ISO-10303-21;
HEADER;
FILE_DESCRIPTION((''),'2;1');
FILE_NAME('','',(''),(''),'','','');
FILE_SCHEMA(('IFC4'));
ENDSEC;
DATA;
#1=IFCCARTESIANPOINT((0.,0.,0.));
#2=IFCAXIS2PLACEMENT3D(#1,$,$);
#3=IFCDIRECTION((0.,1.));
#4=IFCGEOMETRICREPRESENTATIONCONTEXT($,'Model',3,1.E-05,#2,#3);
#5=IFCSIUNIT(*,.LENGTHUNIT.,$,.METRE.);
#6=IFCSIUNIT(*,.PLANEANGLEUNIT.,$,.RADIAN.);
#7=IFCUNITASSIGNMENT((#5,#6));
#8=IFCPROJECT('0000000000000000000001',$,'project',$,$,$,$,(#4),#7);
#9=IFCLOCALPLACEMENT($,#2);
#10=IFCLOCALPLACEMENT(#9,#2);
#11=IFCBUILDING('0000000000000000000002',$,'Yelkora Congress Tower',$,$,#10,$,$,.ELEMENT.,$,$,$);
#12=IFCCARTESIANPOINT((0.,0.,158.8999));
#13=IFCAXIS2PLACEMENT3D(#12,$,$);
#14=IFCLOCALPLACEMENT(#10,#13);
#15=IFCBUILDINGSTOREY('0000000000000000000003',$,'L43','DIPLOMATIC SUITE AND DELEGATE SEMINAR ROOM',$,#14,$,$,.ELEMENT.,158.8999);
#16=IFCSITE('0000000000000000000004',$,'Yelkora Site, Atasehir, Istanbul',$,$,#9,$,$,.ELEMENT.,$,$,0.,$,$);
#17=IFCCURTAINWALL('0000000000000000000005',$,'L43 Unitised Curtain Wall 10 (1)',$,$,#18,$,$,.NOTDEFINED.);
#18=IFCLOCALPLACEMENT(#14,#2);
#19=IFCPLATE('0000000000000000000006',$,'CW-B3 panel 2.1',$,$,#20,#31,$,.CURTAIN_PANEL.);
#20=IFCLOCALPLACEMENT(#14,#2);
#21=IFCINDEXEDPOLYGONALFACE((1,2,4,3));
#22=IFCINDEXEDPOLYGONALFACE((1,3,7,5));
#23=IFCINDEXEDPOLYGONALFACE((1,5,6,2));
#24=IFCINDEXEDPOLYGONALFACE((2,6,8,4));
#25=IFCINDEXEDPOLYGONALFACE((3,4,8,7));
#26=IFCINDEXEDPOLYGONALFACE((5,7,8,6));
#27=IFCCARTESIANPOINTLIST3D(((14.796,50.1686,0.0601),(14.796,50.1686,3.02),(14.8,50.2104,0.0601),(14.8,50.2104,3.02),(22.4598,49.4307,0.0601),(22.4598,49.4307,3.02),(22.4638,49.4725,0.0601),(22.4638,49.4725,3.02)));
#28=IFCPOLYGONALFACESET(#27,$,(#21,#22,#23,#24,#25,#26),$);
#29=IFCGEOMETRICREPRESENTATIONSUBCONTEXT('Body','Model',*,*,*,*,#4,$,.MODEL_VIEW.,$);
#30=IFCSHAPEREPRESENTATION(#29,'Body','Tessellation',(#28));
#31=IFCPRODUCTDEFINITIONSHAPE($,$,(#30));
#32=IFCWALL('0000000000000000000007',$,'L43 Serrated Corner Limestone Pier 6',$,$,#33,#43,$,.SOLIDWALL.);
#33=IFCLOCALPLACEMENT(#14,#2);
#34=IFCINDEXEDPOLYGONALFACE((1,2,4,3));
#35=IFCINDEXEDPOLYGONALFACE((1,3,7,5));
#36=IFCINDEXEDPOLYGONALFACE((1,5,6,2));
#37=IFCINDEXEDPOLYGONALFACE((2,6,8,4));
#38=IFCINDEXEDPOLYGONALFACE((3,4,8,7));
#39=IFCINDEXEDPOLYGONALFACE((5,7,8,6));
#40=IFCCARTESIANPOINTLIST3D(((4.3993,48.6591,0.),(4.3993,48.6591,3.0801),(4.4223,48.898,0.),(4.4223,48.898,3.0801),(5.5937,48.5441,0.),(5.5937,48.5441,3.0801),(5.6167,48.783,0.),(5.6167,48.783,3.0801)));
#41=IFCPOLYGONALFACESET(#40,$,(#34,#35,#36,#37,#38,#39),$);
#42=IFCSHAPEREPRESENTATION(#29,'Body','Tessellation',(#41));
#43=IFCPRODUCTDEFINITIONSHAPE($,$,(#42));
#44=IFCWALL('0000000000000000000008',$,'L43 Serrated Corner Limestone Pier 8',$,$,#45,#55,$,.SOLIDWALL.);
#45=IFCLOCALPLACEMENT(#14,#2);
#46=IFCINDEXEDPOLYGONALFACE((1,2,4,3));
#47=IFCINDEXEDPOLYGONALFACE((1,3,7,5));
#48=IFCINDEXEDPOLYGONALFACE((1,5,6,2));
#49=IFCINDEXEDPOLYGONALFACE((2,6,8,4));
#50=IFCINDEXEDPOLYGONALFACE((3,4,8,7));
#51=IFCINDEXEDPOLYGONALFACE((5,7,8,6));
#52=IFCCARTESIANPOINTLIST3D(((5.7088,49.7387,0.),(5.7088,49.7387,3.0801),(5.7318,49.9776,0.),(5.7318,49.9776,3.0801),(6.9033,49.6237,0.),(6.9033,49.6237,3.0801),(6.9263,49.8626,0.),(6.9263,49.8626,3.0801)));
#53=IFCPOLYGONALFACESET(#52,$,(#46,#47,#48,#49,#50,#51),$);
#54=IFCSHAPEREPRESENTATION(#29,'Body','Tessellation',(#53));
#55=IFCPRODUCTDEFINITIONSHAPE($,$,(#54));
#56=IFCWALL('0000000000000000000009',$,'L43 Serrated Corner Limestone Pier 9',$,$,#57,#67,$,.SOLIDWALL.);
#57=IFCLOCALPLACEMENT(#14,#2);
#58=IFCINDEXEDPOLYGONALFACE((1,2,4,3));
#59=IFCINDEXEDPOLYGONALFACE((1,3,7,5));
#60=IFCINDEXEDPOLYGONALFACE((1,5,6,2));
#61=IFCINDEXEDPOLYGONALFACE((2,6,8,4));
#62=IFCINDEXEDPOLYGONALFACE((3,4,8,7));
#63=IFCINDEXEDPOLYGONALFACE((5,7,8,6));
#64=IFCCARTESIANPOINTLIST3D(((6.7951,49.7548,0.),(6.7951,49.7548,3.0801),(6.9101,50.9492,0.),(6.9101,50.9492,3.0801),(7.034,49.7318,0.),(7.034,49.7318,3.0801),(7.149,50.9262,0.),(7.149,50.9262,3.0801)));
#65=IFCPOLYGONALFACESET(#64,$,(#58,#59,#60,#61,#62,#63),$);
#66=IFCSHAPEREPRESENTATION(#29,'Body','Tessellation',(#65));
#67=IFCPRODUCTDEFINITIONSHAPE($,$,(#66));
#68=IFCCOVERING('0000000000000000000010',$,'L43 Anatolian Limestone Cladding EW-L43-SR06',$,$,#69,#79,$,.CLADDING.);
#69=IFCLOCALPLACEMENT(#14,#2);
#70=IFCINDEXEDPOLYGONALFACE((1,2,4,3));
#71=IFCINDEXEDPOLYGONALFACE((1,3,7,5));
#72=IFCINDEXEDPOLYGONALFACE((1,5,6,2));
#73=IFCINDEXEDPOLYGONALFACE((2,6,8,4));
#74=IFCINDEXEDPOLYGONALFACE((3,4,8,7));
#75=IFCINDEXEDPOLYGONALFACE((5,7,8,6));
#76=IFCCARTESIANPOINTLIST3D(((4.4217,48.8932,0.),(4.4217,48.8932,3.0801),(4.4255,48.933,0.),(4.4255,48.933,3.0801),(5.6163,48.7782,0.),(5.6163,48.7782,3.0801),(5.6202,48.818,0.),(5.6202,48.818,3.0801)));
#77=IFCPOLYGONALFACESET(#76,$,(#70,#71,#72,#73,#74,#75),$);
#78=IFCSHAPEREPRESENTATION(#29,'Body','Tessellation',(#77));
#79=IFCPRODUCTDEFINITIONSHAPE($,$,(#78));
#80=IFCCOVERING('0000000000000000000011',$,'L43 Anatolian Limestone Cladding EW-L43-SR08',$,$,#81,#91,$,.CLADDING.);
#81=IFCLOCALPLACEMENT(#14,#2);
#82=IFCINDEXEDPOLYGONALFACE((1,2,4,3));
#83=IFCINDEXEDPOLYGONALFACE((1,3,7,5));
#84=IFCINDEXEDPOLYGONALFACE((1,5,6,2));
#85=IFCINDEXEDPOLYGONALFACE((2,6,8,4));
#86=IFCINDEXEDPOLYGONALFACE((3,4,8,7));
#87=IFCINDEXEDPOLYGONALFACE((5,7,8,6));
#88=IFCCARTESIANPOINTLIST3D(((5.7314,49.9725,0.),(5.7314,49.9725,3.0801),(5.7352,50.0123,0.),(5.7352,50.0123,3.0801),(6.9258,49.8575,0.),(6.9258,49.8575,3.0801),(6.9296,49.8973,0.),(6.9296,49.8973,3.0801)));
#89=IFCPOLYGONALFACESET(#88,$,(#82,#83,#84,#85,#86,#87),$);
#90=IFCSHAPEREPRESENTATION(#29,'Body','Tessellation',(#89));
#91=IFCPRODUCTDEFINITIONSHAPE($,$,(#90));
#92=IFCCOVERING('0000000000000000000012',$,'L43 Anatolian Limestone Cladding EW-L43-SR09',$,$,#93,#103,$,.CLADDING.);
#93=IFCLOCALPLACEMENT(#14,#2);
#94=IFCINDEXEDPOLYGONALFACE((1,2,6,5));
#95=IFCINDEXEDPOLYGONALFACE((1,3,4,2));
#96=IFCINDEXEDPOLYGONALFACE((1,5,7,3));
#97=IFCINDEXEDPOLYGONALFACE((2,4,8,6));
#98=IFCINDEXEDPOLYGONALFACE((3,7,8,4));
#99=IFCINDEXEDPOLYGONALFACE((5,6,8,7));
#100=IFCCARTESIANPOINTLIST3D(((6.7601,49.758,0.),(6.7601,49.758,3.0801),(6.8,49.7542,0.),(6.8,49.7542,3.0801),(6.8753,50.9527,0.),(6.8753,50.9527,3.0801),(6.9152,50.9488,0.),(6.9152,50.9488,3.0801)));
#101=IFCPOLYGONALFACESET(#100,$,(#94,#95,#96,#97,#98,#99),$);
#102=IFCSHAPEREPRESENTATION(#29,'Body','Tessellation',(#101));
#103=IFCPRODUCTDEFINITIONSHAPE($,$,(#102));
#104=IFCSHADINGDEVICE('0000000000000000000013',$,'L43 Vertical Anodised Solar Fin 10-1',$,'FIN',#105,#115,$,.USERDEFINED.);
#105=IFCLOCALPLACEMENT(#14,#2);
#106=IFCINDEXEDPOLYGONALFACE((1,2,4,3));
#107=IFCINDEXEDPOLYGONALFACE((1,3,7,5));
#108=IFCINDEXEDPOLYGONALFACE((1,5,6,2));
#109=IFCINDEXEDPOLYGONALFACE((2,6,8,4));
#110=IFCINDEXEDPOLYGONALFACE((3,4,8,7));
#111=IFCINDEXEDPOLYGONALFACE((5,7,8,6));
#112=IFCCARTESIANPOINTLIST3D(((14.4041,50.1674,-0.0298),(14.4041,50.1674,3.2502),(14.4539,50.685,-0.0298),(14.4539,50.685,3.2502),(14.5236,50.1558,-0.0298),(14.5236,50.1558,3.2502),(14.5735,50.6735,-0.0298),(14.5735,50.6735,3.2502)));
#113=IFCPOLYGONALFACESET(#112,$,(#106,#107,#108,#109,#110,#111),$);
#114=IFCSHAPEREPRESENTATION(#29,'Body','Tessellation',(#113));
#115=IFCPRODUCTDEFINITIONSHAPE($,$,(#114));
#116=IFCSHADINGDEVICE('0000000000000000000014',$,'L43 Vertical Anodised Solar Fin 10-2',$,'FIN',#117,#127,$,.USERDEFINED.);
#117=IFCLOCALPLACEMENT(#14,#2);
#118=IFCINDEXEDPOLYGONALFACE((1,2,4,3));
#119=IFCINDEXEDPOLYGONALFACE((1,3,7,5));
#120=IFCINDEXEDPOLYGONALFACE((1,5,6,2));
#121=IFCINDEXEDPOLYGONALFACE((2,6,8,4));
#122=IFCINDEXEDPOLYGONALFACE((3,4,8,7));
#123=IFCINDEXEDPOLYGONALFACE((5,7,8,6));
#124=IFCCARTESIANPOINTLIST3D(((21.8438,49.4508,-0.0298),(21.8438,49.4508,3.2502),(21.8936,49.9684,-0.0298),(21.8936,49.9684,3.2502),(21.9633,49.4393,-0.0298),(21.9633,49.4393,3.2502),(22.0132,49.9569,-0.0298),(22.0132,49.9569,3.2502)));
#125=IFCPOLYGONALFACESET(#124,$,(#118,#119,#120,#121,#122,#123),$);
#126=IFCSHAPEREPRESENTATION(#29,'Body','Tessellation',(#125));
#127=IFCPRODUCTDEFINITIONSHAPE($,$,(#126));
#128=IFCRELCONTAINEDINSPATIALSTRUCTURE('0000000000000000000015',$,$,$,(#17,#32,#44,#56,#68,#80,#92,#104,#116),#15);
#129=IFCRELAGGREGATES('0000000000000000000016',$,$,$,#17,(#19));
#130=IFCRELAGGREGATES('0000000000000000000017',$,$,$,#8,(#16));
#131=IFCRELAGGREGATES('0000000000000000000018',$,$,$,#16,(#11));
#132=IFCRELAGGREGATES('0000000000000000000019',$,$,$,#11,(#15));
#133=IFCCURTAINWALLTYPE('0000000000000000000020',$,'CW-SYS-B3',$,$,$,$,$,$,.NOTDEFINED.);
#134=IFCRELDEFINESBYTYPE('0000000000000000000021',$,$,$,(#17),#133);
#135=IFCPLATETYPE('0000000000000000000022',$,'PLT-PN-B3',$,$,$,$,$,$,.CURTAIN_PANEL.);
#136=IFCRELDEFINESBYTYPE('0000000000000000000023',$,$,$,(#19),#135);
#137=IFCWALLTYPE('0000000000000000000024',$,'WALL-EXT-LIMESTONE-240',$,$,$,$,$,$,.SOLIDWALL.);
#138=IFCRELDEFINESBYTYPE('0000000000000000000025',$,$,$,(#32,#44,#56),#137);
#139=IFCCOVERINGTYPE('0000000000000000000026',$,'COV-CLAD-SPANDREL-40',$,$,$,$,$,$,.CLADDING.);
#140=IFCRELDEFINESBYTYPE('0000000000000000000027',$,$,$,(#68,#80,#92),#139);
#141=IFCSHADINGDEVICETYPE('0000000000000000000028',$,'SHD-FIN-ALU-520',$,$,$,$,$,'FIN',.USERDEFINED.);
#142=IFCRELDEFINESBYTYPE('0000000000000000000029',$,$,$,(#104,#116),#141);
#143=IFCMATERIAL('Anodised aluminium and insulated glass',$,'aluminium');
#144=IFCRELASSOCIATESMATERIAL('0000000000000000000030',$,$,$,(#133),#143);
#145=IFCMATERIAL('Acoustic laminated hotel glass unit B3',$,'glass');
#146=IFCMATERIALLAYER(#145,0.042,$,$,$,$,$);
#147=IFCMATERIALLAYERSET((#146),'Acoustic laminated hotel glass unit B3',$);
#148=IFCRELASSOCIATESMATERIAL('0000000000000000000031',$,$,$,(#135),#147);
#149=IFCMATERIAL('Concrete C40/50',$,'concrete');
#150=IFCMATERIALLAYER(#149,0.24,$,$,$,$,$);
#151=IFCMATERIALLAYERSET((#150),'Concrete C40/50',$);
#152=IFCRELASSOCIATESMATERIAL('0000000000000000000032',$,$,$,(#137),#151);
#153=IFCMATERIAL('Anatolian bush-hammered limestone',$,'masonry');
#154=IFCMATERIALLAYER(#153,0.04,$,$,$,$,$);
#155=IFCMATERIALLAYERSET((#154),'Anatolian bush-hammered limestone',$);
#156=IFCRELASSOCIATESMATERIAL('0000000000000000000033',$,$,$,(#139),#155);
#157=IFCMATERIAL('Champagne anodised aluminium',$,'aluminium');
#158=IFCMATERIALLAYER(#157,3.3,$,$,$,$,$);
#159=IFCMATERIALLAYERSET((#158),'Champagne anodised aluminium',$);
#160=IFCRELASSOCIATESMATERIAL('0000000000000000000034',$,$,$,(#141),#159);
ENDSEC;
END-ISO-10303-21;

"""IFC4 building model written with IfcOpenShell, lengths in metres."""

from ifc_helpers import new_model, si_unit, direction, frame, frame_2d, origin, origin_2d, place, context, subcontext, project, spatial, rectangle, extrude, material, layer, layer_set, type_object, element, aggregate, save


model = new_model("IFC4")

# Units and contexts
model_context = context("Model", 3, precision=1e-05, world=origin(), true_north=direction((0.0, 1.0)))
body_context = subcontext(model_context, "Body", "Model", "MODEL_VIEW")
ifc_project = project(units=[si_unit("LENGTHUNIT", "METRE"), si_unit("PLANEANGLEUNIT", "RADIAN")], contexts=[model_context])

# Site, building, storey
site_placement = place(None, origin())
site = spatial("IfcSite", under=ifc_project, at=site_placement, Name="Yelkora Site, Atasehir, Istanbul", CompositionType="ELEMENT", RefElevation=0.0)
building_placement = place(site_placement, origin())
building = spatial("IfcBuilding", under=site, at=building_placement, Name="Yelkora Congress Tower", CompositionType="ELEMENT")
storey_placement = place(building_placement, frame((0.0, 0.0, 158.8999)))
storey = spatial("IfcBuildingStorey", under=building, at=storey_placement, Name="L43", Description="DIPLOMATIC SUITE AND DELEGATE SEMINAR ROOM", CompositionType="ELEMENT", Elevation=158.8999)

# Shared definitions
ifc_material_1 = material(Name="Anodised aluminium and insulated glass", Category="aluminium")
curtain_wall_type = type_object("IfcCurtainWallType", Name="CW-SYS-B3", PredefinedType="NOTDEFINED", material=ifc_material_1)

# Curtain wall, plate
curtain_wall_1_placement = place(storey_placement, origin())
curtain_wall_1 = element("IfcCurtainWall", 1, at=curtain_wall_1_placement, inside=storey, type_object=curtain_wall_type, Name="L43 Unitised Curtain Wall 10 (1)", PredefinedType="NOTDEFINED")
ifc_material_2 = material(Name="Acoustic laminated hotel glass unit B3", Category="glass")
ifc_layer_1 = layer(ifc_material_2, 0.042)
ifc_layer_set_1 = layer_set([ifc_layer_1], Name="Acoustic laminated hotel glass unit B3")
plate_type = type_object("IfcPlateType", Name="PLT-PN-B3", PredefinedType="CURTAIN_PANEL", material=ifc_layer_set_1)
plate_1_placement = place(storey_placement, frame((18.6299, 49.8206, 0.0601), z_axis=(0.0, 0.0, 1.0), x_axis=(0.995396, -0.095845, 0.0)))
plate_1 = element("IfcPlate", 2, at=plate_1_placement, type_object=plate_type, Name="CW-B3 panel 2.1", PredefinedType="CURTAIN_PANEL", context=body_context, shape_type="SweptSolid", body=[
    extrude(rectangle(XDim=7.6992, YDim=0.042, at=origin_2d()), origin(), (0.0, 0.0, 1.0), 2.96),
])
aggregate(curtain_wall_1, [plate_1])

# Walls
ifc_material_3 = material(Name="Concrete C40/50", Category="concrete")
ifc_layer_2 = layer(ifc_material_3, 0.24)
ifc_layer_set_2 = layer_set([ifc_layer_2], Name="Concrete C40/50")
wall_type = type_object("IfcWallType", Name="WALL-EXT-LIMESTONE-240", PredefinedType="SOLIDWALL", material=ifc_layer_set_2)
for number, where, z_axis, x_axis, name in (
    (3, (4.4106, 48.7786, 0.0), (0.0, 0.0, 1.0), (0.995397, -0.095836, 0.0), "L43 Serrated Corner Limestone Pier 6"),
    (4, (5.7202, 49.8582, 0.0), (0.0, 0.0, 1.0), (0.995397, -0.095836, 0.0), "L43 Serrated Corner Limestone Pier 8"),
    (5, (6.9146, 49.7432, 0.0), (0.0, 0.0, 1.0), (0.095836, 0.995397, 0.0), "L43 Serrated Corner Limestone Pier 9"),
):
    element("IfcWall", number, at=place(storey_placement, frame(where, z_axis=z_axis, x_axis=x_axis)), inside=storey, type_object=wall_type, Name=name, PredefinedType="SOLIDWALL", context=body_context, shape_type="SweptSolid", body=[
        extrude(rectangle(XDim=1.2, YDim=0.24, at=frame_2d((0.6001, 0.0))), origin(), (0.0, 0.0, 1.0), 3.0801),
    ])

# Coverings
ifc_material_4 = material(Name="Anatolian bush-hammered limestone", Category="masonry")
ifc_layer_3 = layer(ifc_material_4, 0.04)
ifc_layer_set_3 = layer_set([ifc_layer_3], Name="Anatolian bush-hammered limestone")
covering_type = type_object("IfcCoveringType", Name="COV-CLAD-SPANDREL-40", PredefinedType="CLADDING", material=ifc_layer_set_3)
covering_1_placement = place(storey_placement, frame((4.4236, 48.9131, 0.0), z_axis=(0.0, 0.0, 1.0), x_axis=(0.995399, -0.095817, 0.0)))
element("IfcCovering", 6, at=covering_1_placement, inside=storey, type_object=covering_type, Name="L43 Anatolian Limestone Cladding EW-L43-SR06", PredefinedType="CLADDING", context=body_context, shape_type="SweptSolid", body=[
    extrude(rectangle(XDim=1.2002, YDim=0.04, at=frame_2d((0.6001, 0.0))), origin(), (0.0, 0.0, 1.0), 3.0801),
])
covering_2_placement = place(storey_placement, frame((5.7332, 49.9924, 0.0), z_axis=(0.0, 0.0, 1.0), x_axis=(0.995397, -0.095836, 0.0)))
element("IfcCovering", 7, at=covering_2_placement, inside=storey, type_object=covering_type, Name="L43 Anatolian Limestone Cladding EW-L43-SR08", PredefinedType="CLADDING", context=body_context, shape_type="SweptSolid", body=[
    extrude(rectangle(XDim=1.2, YDim=0.04, at=frame_2d((0.6001, 0.0))), origin(), (0.0, 0.0, 1.0), 3.0801),
])
covering_3_placement = place(storey_placement, frame((6.78, 49.7561, 0.0), z_axis=(0.0, 0.0, 1.0), x_axis=(0.096019, 0.99538, 0.0)))
element("IfcCovering", 8, at=covering_3_placement, inside=storey, type_object=covering_type, Name="L43 Anatolian Limestone Cladding EW-L43-SR09", PredefinedType="CLADDING", context=body_context, shape_type="SweptSolid", body=[
    extrude(rectangle(XDim=1.2002, YDim=0.04, at=frame_2d((0.6001, 0.0))), origin(), (0.0, 0.0, 1.0), 3.0801),
])

# Shading devices
ifc_material_5 = material(Name="Champagne anodised aluminium", Category="aluminium")
ifc_layer_4 = layer(ifc_material_5, 3.3)
ifc_layer_set_4 = layer_set([ifc_layer_4], Name="Champagne anodised aluminium")
shading_device_type = type_object("IfcShadingDeviceType", Name="SHD-FIN-ALU-520", ElementType="FIN", PredefinedType="USERDEFINED", material=ifc_layer_set_4)
for number, where, z_axis, x_axis, name in (
    (9, (14.4888, 50.4204, -0.0298), (0.0, 0.0, 1.0), (0.995396, -0.095846, 0.0), "L43 Vertical Anodised Solar Fin 10-1"),
    (10, (21.9285, 49.7039, -0.0298), (0.0, 0.0, 1.0), (0.995396, -0.095846, 0.0), "L43 Vertical Anodised Solar Fin 10-2"),
):
    element("IfcShadingDevice", number, at=place(storey_placement, frame(where, z_axis=z_axis, x_axis=x_axis)), inside=storey, type_object=shading_device_type, Name=name, ObjectType="FIN", PredefinedType="USERDEFINED", context=body_context, shape_type="SweptSolid", body=[
        extrude(rectangle(XDim=0.1201, YDim=0.52, at=origin_2d()), origin(), (0.0, 0.0, 1.0), 3.28),
    ])

save(model, "model.ifc")
